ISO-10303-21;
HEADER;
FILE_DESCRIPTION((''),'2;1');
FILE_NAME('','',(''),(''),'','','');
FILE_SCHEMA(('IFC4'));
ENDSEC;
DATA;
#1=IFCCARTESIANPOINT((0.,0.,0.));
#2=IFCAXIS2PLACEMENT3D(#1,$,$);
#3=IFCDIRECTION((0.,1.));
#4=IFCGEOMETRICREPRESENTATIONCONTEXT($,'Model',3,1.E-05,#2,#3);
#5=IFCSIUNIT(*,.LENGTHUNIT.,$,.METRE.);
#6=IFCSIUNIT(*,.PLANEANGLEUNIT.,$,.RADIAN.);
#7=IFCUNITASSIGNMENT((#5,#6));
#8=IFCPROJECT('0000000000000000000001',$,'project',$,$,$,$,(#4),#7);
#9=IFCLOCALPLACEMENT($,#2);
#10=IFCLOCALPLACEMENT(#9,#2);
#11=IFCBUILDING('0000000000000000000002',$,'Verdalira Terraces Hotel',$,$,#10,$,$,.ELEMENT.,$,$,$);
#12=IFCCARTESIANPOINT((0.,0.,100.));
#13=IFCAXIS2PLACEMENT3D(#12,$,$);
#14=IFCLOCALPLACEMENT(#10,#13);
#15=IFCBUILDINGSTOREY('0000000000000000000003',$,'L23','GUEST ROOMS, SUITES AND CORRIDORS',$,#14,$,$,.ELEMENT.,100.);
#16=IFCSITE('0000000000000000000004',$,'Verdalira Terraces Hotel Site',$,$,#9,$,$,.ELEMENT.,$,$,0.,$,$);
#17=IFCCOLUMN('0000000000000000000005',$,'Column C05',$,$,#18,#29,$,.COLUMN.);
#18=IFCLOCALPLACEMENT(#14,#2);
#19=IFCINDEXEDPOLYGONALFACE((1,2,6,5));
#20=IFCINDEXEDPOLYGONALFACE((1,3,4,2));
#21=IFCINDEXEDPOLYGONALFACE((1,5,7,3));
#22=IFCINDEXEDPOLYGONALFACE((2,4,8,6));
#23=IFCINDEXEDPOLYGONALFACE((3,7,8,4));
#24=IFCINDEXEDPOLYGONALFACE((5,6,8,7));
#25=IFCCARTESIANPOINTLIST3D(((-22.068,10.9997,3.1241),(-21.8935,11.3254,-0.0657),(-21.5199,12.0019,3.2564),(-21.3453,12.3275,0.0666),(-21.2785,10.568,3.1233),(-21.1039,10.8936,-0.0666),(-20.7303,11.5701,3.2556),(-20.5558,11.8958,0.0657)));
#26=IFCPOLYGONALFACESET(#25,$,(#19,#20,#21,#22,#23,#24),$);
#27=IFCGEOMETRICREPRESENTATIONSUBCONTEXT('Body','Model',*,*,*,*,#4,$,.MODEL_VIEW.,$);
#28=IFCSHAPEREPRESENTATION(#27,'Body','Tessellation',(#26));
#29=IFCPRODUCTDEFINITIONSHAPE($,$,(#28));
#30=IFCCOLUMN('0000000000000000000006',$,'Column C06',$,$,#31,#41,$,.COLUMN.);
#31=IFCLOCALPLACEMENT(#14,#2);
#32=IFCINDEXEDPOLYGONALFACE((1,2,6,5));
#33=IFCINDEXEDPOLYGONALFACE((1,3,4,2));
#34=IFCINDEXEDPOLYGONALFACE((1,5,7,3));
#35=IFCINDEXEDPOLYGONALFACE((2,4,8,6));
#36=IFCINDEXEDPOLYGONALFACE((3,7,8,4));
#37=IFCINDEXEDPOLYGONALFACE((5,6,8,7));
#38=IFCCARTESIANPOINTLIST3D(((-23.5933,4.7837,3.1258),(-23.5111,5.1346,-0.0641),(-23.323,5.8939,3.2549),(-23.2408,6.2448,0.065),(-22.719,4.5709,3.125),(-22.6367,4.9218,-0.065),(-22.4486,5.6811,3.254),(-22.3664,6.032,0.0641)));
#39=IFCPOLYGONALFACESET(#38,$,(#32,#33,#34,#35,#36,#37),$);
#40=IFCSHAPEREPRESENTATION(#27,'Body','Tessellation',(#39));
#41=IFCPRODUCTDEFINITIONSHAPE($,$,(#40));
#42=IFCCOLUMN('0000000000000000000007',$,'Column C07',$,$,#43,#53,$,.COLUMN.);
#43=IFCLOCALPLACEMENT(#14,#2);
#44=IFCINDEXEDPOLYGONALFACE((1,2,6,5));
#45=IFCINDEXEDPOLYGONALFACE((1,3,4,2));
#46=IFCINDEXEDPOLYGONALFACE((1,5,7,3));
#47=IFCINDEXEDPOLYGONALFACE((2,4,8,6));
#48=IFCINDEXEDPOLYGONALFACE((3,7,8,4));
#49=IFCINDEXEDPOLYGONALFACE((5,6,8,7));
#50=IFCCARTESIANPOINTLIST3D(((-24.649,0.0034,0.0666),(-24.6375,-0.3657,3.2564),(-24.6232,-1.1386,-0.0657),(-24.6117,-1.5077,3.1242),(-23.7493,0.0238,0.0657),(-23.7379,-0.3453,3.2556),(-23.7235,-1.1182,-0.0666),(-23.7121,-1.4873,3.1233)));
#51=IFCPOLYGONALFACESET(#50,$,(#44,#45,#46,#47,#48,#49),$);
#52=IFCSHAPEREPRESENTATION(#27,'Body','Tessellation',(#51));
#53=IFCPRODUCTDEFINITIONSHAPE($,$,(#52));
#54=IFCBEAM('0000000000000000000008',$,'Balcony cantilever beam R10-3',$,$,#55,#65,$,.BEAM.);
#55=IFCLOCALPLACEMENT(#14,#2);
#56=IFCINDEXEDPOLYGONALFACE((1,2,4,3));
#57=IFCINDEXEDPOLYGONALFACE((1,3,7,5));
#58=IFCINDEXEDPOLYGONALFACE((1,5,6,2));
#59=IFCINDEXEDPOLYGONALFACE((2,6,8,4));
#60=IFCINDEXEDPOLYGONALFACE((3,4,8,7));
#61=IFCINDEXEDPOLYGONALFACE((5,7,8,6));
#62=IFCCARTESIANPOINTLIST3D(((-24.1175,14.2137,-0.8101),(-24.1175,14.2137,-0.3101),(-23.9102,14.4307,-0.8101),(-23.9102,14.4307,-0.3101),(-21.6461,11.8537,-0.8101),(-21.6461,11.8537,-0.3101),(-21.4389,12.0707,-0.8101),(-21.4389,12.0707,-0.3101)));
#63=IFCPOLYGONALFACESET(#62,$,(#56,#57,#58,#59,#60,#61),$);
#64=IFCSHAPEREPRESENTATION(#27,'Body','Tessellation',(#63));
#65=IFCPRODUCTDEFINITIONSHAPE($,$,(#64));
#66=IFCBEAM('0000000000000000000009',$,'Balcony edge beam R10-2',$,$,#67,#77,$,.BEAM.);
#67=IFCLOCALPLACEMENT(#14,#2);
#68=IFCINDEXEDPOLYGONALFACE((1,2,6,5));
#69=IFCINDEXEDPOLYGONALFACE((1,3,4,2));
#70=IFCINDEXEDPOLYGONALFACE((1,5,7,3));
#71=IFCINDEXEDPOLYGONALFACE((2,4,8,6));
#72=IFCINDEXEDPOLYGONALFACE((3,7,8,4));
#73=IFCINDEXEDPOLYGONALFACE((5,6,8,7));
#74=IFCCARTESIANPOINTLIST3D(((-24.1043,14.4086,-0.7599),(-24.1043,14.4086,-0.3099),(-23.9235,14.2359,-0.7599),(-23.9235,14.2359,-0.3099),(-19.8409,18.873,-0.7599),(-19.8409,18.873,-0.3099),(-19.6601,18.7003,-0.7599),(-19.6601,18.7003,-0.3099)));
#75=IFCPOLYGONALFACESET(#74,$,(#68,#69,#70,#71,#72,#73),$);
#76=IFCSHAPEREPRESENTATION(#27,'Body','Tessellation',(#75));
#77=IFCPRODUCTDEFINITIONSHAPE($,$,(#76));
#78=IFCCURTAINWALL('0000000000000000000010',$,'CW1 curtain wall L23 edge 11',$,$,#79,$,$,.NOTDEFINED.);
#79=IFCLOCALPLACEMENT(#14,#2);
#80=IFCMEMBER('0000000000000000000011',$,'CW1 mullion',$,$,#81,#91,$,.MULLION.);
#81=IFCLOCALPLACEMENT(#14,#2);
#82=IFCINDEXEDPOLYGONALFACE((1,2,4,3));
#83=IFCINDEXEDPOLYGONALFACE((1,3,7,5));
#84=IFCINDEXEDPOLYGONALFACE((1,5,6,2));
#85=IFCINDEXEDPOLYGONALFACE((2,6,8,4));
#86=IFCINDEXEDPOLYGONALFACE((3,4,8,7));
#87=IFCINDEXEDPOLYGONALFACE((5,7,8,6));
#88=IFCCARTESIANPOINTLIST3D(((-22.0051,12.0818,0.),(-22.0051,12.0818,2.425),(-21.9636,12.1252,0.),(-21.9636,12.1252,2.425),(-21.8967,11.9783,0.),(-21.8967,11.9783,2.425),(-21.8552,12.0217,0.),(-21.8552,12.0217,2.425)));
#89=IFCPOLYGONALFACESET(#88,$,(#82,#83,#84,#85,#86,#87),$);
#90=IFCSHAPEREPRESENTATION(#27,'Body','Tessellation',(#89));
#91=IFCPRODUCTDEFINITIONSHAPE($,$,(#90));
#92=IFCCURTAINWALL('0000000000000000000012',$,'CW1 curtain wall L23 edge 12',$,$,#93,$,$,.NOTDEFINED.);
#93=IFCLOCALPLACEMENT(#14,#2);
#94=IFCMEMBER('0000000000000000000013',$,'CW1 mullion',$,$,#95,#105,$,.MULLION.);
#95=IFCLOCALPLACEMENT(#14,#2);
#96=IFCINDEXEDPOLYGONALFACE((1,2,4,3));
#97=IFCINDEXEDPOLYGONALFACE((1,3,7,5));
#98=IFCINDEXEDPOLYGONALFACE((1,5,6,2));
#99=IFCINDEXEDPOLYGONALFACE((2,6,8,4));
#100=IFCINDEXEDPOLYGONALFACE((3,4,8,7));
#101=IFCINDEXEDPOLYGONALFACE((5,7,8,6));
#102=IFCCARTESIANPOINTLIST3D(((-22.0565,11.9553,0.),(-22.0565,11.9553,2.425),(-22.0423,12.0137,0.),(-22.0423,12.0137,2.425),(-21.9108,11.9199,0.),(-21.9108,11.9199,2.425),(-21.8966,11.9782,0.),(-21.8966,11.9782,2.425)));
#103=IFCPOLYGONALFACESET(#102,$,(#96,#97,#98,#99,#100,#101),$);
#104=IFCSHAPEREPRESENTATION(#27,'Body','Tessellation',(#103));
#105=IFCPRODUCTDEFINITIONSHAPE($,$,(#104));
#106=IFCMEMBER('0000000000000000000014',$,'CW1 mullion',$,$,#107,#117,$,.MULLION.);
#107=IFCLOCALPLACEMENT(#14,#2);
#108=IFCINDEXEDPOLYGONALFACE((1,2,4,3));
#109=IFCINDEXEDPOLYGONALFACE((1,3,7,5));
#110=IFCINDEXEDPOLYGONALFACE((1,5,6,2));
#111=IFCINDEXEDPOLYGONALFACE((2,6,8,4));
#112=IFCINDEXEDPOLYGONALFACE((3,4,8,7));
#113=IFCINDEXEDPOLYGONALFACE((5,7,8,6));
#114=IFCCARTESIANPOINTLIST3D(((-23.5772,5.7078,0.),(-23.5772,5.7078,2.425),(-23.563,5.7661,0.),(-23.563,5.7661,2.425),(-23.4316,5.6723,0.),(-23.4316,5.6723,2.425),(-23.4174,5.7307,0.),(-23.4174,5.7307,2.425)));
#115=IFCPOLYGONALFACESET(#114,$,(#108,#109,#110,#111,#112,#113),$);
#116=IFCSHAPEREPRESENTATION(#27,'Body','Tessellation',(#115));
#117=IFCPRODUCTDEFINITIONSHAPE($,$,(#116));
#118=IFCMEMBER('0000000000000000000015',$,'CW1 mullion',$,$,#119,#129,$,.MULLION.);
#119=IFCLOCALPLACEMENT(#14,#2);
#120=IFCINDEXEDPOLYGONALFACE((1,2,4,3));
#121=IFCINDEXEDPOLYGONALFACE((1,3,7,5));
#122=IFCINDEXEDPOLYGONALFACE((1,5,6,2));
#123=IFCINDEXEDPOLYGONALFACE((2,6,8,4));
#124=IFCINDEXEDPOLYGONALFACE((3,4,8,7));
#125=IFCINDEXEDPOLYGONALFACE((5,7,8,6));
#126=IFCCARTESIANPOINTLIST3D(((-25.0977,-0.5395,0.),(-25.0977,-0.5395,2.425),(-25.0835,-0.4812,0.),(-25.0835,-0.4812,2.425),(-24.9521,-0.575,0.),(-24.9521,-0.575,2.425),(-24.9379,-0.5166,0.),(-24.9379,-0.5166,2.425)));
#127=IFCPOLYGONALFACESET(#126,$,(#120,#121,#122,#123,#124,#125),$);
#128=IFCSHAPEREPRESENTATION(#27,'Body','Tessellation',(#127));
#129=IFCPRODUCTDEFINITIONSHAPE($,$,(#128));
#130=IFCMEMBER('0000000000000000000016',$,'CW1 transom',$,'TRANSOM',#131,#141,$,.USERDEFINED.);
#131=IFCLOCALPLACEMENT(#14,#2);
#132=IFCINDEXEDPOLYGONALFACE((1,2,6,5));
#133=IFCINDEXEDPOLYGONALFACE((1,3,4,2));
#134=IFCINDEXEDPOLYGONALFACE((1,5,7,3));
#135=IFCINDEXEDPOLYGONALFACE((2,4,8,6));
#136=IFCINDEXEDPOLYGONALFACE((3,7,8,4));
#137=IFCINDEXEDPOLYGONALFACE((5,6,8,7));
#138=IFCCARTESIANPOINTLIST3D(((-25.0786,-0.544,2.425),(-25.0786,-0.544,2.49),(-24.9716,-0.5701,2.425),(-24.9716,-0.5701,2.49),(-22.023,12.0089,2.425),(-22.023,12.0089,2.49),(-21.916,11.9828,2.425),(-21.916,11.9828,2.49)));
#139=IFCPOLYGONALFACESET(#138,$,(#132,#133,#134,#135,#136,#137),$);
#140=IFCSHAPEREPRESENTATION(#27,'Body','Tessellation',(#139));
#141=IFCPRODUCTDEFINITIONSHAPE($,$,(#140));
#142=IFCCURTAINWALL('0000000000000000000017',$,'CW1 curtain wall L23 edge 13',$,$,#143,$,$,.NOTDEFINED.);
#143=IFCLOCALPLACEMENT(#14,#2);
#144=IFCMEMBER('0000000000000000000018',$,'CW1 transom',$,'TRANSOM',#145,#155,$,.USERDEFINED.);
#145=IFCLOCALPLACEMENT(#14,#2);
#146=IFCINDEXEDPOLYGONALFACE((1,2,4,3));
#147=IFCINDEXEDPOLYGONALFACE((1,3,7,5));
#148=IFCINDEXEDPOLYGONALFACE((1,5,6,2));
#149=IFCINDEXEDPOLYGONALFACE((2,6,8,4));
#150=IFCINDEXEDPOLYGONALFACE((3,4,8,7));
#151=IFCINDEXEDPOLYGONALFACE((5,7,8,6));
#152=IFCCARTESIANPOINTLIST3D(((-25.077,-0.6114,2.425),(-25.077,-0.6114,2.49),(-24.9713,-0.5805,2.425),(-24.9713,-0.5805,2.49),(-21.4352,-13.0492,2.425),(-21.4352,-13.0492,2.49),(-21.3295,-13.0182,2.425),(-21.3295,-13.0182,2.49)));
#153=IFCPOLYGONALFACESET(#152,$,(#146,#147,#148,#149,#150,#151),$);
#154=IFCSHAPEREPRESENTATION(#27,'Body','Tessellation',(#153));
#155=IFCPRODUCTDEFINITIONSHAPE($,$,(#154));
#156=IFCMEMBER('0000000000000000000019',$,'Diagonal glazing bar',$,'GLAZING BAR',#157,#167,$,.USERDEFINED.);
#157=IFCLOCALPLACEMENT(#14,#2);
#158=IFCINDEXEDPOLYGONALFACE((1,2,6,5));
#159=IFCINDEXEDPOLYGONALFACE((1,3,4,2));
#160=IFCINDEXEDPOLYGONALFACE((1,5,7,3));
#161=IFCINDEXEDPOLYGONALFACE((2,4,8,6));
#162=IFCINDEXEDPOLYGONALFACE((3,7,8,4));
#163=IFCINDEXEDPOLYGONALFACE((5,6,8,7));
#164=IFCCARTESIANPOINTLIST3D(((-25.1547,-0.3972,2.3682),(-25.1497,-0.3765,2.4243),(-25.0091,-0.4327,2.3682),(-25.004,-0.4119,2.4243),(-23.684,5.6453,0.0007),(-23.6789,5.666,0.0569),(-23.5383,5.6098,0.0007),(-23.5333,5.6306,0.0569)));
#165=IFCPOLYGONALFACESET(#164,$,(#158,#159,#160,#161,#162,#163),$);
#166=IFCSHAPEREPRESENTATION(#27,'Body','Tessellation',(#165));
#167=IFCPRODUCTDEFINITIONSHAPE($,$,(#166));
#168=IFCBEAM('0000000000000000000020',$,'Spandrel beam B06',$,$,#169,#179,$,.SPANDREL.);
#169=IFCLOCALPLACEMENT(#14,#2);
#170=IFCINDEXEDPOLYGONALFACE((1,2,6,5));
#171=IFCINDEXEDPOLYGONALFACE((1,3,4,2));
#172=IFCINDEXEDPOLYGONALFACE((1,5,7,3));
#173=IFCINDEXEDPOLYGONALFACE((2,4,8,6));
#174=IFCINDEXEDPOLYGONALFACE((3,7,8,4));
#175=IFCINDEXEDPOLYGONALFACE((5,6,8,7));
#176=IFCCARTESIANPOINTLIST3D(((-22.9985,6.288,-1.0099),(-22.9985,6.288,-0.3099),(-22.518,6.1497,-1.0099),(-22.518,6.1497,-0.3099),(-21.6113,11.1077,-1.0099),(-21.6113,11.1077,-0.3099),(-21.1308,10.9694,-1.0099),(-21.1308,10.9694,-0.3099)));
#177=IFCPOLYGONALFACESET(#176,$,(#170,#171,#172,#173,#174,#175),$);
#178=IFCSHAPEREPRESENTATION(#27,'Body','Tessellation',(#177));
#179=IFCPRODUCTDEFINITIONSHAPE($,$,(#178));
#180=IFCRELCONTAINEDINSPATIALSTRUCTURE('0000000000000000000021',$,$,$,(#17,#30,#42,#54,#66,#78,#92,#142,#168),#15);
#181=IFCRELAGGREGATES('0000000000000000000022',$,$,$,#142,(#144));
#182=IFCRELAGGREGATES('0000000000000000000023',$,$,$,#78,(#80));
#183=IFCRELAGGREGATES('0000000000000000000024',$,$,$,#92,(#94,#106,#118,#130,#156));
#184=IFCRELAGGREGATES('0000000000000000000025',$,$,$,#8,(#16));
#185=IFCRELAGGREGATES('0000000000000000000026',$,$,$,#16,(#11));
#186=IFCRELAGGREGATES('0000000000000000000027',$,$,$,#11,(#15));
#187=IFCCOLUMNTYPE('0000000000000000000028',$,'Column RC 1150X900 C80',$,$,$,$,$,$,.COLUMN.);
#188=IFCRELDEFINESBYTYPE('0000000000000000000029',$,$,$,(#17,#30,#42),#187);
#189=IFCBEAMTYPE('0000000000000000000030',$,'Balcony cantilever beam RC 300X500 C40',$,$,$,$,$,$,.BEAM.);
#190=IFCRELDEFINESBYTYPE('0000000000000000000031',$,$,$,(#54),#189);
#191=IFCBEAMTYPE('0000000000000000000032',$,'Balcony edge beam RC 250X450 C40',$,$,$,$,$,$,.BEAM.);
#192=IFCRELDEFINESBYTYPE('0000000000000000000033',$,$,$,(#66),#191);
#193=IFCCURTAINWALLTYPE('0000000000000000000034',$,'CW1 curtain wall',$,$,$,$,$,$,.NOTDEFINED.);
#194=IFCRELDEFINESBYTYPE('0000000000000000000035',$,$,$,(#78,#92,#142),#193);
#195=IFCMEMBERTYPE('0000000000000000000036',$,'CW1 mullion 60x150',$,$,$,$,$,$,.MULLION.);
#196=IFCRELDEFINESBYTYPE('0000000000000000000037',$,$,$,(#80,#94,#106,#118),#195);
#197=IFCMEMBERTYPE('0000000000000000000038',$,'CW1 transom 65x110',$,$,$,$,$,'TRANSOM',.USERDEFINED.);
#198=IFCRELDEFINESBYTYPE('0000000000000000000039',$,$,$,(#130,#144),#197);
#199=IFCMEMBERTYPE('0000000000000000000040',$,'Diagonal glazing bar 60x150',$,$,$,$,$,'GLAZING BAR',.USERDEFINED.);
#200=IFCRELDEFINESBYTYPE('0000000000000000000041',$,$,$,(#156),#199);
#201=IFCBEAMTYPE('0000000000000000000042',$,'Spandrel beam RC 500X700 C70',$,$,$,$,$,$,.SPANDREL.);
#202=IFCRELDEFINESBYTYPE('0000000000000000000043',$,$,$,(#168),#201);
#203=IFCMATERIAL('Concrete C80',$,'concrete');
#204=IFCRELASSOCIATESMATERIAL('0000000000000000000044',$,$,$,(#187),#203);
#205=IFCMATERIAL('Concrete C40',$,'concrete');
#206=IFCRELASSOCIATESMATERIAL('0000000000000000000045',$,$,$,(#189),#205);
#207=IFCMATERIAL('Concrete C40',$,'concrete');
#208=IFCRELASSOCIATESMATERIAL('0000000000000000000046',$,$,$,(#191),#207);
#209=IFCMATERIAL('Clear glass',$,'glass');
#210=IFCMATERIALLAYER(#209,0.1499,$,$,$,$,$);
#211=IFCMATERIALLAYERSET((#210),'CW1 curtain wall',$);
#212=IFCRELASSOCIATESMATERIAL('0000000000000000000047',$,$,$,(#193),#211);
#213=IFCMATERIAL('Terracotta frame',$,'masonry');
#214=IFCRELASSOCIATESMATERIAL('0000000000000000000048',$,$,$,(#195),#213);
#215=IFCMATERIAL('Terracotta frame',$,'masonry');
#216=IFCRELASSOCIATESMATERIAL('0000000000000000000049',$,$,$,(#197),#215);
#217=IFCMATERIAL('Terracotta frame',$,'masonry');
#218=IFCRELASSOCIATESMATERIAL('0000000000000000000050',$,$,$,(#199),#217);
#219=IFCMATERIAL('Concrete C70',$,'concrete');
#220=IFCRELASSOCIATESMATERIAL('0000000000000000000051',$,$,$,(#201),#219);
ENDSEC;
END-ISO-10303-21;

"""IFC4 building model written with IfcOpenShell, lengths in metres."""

from ifc_helpers import new_model, si_unit, direction, frame, origin, origin_2d, place, context, subcontext, project, spatial, rectangle, extrude, material, layer, layer_set, material_profile, profile_set, type_object, element, aggregate, save


model = new_model("IFC4")

# Units and contexts
model_context = context("Model", 3, precision=1e-05, world=origin(), true_north=direction((0.0, 1.0)))
body_context = subcontext(model_context, "Body", "Model", "MODEL_VIEW")
ifc_project = project(units=[si_unit("LENGTHUNIT", "METRE"), si_unit("PLANEANGLEUNIT", "RADIAN")], contexts=[model_context])

# Site, building, storey
site_placement = place(None, origin())
site = spatial("IfcSite", under=ifc_project, at=site_placement, Name="Verdalira Terraces Hotel Site", CompositionType="ELEMENT", RefElevation=0.0)
building_placement = place(site_placement, origin())
building = spatial("IfcBuilding", under=site, at=building_placement, Name="Verdalira Terraces Hotel", CompositionType="ELEMENT")
storey_placement = place(building_placement, frame((0.0, 0.0, 100.0)))
storey = spatial("IfcBuildingStorey", under=building, at=storey_placement, Name="L23", Description="GUEST ROOMS, SUITES AND CORRIDORS", CompositionType="ELEMENT", Elevation=100.0)

# Columns
ifc_material_1 = material(Name="Concrete C80", Category="concrete")
ifc_material_profile_1 = material_profile(ifc_material_1, rectangle(XDim=1.1499, YDim=0.8999, at=origin_2d()), Name="RC 1150X900")
ifc_profile_set_1 = profile_set([ifc_material_profile_1], Name="Concrete C80")
column_type = type_object("IfcColumnType", Name="Column RC 1150X900 C80", PredefinedType="COLUMN", material=ifc_profile_set_1)
column_1_placement = place(storey_placement, frame((-21.2246, 11.6106, 0.0), z_axis=(-0.054359, -0.101419, 0.993358), x_axis=(0.476683, 0.871512, 0.115064)))
element("IfcColumn", 1, at=column_1_placement, inside=storey, type_object=column_type, Name="Column C05", PredefinedType="COLUMN", context=body_context, shape_type="SweptSolid", body=[
    extrude(rectangle(XDim=1.1499, YDim=0.8999, at=origin_2d()), origin(), (0.0, 0.0, 1.0), 3.2112),
])
column_2_placement = place(storey_placement, frame((-22.9387, 5.5833, 0.0), z_axis=(-0.025629, -0.109285, 0.99368), x_axis=(-0.23508, -0.965473, -0.112246)))
element("IfcColumn", 2, at=column_2_placement, inside=storey, type_object=column_type, Name="Column C06", PredefinedType="COLUMN", context=body_context, shape_type="SweptSolid", body=[
    extrude(rectangle(XDim=1.1499, YDim=0.8999, at=origin_2d()), origin(), (0.0, 0.0, 1.0), 3.2102),
])
column_3_placement = place(storey_placement, frame((-24.1863, -0.5574, 0.0), z_axis=(0.003573, -0.114952, 0.993365), x_axis=(-0.022433, 0.993112, 0.115004)))
element("IfcColumn", 3, at=column_3_placement, inside=storey, type_object=column_type, Name="Column C07", PredefinedType="COLUMN", context=body_context, shape_type="SweptSolid", body=[
    extrude(rectangle(XDim=1.1499, YDim=0.8999, at=origin_2d()), origin(), (0.0, 0.0, 1.0), 3.2112),
])

# Beams
ifc_material_2 = material(Name="Concrete C40", Category="concrete")
ifc_material_profile_2 = material_profile(ifc_material_2, rectangle(XDim=0.3, YDim=0.5, at=origin_2d()), Name="RC 300X500")
ifc_profile_set_2 = profile_set([ifc_material_profile_2], Name="Concrete C40")
beam_type_1 = type_object("IfcBeamType", Name="Balcony cantilever beam RC 300X500 C40", PredefinedType="BEAM", material=ifc_profile_set_2)
beam_1_placement = place(storey_placement, frame((-21.5425, 11.9622, -0.5601), z_axis=(-0.723208, 0.69063, 0.0), x_axis=(-0.69063, -0.723208, 0.0)))
element("IfcBeam", 4, at=beam_1_placement, inside=storey, type_object=beam_type_1, Name="Balcony cantilever beam R10-3", PredefinedType="BEAM", context=body_context, shape_type="SweptSolid", body=[
    extrude(rectangle(XDim=0.3, YDim=0.5, at=origin_2d()), origin(), (0.0, 0.0, 1.0), 3.4172),
])
ifc_material_3 = material(Name="Concrete C40", Category="concrete")
ifc_material_profile_3 = material_profile(ifc_material_3, rectangle(XDim=0.25, YDim=0.45, at=origin_2d()), Name="RC 250X450")
ifc_profile_set_3 = profile_set([ifc_material_profile_3], Name="Concrete C40")
beam_type_2 = type_object("IfcBeamType", Name="Balcony edge beam RC 250X450 C40", PredefinedType="BEAM", material=ifc_profile_set_3)
beam_2_placement = place(storey_placement, frame((-19.7505, 18.7866, -0.5349), z_axis=(-0.690645, -0.723194, 0.0), x_axis=(0.723194, -0.690645, 0.0)))
element("IfcBeam", 5, at=beam_2_placement, inside=storey, type_object=beam_type_2, Name="Balcony edge beam R10-2", PredefinedType="BEAM", context=body_context, shape_type="SweptSolid", body=[
    extrude(rectangle(XDim=0.25, YDim=0.45, at=origin_2d()), origin(), (0.0, 0.0, 1.0), 6.1731),
])

# Curtain wall, member
ifc_material_4 = material(Name="Clear glass", Category="glass")
ifc_layer_1 = layer(ifc_material_4, 0.1499)
ifc_layer_set_1 = layer_set([ifc_layer_1], Name="CW1 curtain wall")
curtain_wall_type = type_object("IfcCurtainWallType", Name="CW1 curtain wall", PredefinedType="NOTDEFINED", material=ifc_layer_set_1)
curtain_wall_1_placement = place(storey_placement, origin())
curtain_wall_1 = element("IfcCurtainWall", 6, at=curtain_wall_1_placement, inside=storey, type_object=curtain_wall_type, Name="CW1 curtain wall L23 edge 11", PredefinedType="NOTDEFINED")
ifc_material_5 = material(Name="Terracotta frame", Category="masonry")
ifc_material_profile_4 = material_profile(ifc_material_5, rectangle(XDim=0.0601, YDim=0.1499, at=origin_2d()), Name="MU 60x150")
ifc_profile_set_4 = profile_set([ifc_material_profile_4], Name="Terracotta frame")
member_type_1 = type_object("IfcMemberType", Name="CW1 mullion 60x150", PredefinedType="MULLION", material=ifc_profile_set_4)
member_1_placement = place(storey_placement, frame((-21.9302, 12.0518, 0.0), z_axis=(0.0, 0.0, 1.0), x_axis=(-0.69063, -0.723208, 0.0)))
member_1 = element("IfcMember", 7, at=member_1_placement, type_object=member_type_1, Name="CW1 mullion", PredefinedType="MULLION", context=body_context, shape_type="SweptSolid", body=[
    extrude(rectangle(XDim=0.0601, YDim=0.1499, at=origin_2d()), origin(), (0.0, 0.0, 1.0), 2.425),
])

# Curtain wall, members
curtain_wall_2_placement = place(storey_placement, origin())
curtain_wall_2 = element("IfcCurtainWall", 8, at=curtain_wall_2_placement, inside=storey, type_object=curtain_wall_type, Name="CW1 curtain wall L23 edge 12", PredefinedType="NOTDEFINED")
member_2_placement = place(storey_placement, frame((-21.9766, 11.9668, 0.0), z_axis=(0.0, 0.0, 1.0), x_axis=(-0.236499, -0.971632, 0.0)))
member_2 = element("IfcMember", 9, at=member_2_placement, type_object=member_type_1, Name="CW1 mullion", PredefinedType="MULLION", context=body_context, shape_type="SweptSolid", body=[
    extrude(rectangle(XDim=0.0601, YDim=0.1499, at=origin_2d()), origin(), (0.0, 0.0, 1.0), 2.425),
])
member_3_placement = place(storey_placement, frame((-23.4973, 5.7192, 0.0), z_axis=(0.0, 0.0, 1.0), x_axis=(-0.236499, -0.971632, 0.0)))
member_3 = element("IfcMember", 10, at=member_3_placement, type_object=member_type_1, Name="CW1 mullion", PredefinedType="MULLION", context=body_context, shape_type="SweptSolid", body=[
    extrude(rectangle(XDim=0.0601, YDim=0.1499, at=origin_2d()), origin(), (0.0, 0.0, 1.0), 2.425),
])
member_4_placement = place(storey_placement, frame((-25.0178, -0.5281, 0.0), z_axis=(0.0, 0.0, 1.0), x_axis=(-0.236499, -0.971632, 0.0)))
member_4 = element("IfcMember", 11, at=member_4_placement, type_object=member_type_1, Name="CW1 mullion", PredefinedType="MULLION", context=body_context, shape_type="SweptSolid", body=[
    extrude(rectangle(XDim=0.0601, YDim=0.1499, at=origin_2d()), origin(), (0.0, 0.0, 1.0), 2.425),
])
ifc_material_6 = material(Name="Terracotta frame", Category="masonry")
ifc_material_profile_5 = material_profile(ifc_material_6, rectangle(XDim=0.1101, YDim=0.0649, at=origin_2d()), Name="TR 65x110")
ifc_profile_set_5 = profile_set([ifc_material_profile_5], Name="Terracotta frame")
member_type_2 = type_object("IfcMemberType", Name="CW1 transom 65x110", ElementType="TRANSOM", PredefinedType="USERDEFINED", material=ifc_profile_set_5)
member_5_placement = place(storey_placement, frame((-21.9695, 11.9959, 2.4575), z_axis=(-0.236515, -0.971628, 0.0), x_axis=(0.971628, -0.236515, 0.0)))
member_5 = element("IfcMember", 12, at=member_5_placement, type_object=member_type_2, Name="CW1 transom", ObjectType="TRANSOM", PredefinedType="USERDEFINED", context=body_context, shape_type="SweptSolid", body=[
    extrude(rectangle(XDim=0.1101, YDim=0.0649, at=origin_2d()), origin(), (0.0, 0.0, 1.0), 12.9194),
])

# Curtain wall, member
curtain_wall_3_placement = place(storey_placement, origin())
curtain_wall_3 = element("IfcCurtainWall", 13, at=curtain_wall_3_placement, inside=storey, type_object=curtain_wall_type, Name="CW1 curtain wall L23 edge 13", PredefinedType="NOTDEFINED")
member_6_placement = place(storey_placement, frame((-25.0242, -0.5959, 2.4575), z_axis=(0.281008, -0.959706, 0.0), x_axis=(0.959706, 0.281008, 0.0)))
member_6 = element("IfcMember", 14, at=member_6_placement, type_object=member_type_2, Name="CW1 transom", ObjectType="TRANSOM", PredefinedType="USERDEFINED", context=body_context, shape_type="SweptSolid", body=[
    extrude(rectangle(XDim=0.1101, YDim=0.0649, at=origin_2d()), origin(), (0.0, 0.0, 1.0), 12.96),
])
aggregate(curtain_wall_3, [member_6])

# Member
ifc_material_7 = material(Name="Terracotta frame", Category="masonry")
ifc_material_profile_6 = material_profile(ifc_material_7, rectangle(XDim=0.1499, YDim=0.0601, at=origin_2d()), Name="GB 60x150")
ifc_profile_set_6 = profile_set([ifc_material_profile_6], Name="Terracotta frame")
member_type_3 = type_object("IfcMemberType", Name="Diagonal glazing bar 60x150", ElementType="GLAZING BAR", PredefinedType="USERDEFINED", material=ifc_profile_set_6)
member_7_placement = place(storey_placement, frame((-23.6086, 5.6379, 0.0288), z_axis=(-0.221017, -0.908061, 0.355776), x_axis=(0.971634, -0.23649, 0.0)))
member_7 = element("IfcMember", 15, at=member_7_placement, type_object=member_type_3, Name="Diagonal glazing bar", ObjectType="GLAZING BAR", PredefinedType="USERDEFINED", context=body_context, shape_type="SweptSolid", body=[
    extrude(rectangle(XDim=0.1499, YDim=0.0601, at=origin_2d()), origin(), (0.0, 0.0, 1.0), 6.6543),
])

# Beam
ifc_material_8 = material(Name="Concrete C70", Category="concrete")
ifc_material_profile_7 = material_profile(ifc_material_8, rectangle(XDim=0.5, YDim=0.7, at=origin_2d()), Name="RC 500X700")
ifc_profile_set_7 = profile_set([ifc_material_profile_7], Name="Concrete C70")
beam_type_3 = type_object("IfcBeamType", Name="Spandrel beam RC 500X700 C70", PredefinedType="SPANDREL", material=ifc_profile_set_7)
beam_3_placement = place(storey_placement, frame((-21.3711, 11.0386, -0.6599), z_axis=(-0.276585, -0.960989, 0.0), x_axis=(0.960989, -0.276585, 0.0)))
element("IfcBeam", 16, at=beam_3_placement, inside=storey, type_object=beam_type_3, Name="Spandrel beam B06", PredefinedType="SPANDREL", context=body_context, shape_type="SweptSolid", body=[
    extrude(rectangle(XDim=0.5, YDim=0.7, at=origin_2d()), origin(), (0.0, 0.0, 1.0), 5.0154),
])

aggregate(curtain_wall_1, [member_1])
aggregate(curtain_wall_2, [member_2, member_3, member_4, member_5, member_7])

save(model, "model.ifc")
